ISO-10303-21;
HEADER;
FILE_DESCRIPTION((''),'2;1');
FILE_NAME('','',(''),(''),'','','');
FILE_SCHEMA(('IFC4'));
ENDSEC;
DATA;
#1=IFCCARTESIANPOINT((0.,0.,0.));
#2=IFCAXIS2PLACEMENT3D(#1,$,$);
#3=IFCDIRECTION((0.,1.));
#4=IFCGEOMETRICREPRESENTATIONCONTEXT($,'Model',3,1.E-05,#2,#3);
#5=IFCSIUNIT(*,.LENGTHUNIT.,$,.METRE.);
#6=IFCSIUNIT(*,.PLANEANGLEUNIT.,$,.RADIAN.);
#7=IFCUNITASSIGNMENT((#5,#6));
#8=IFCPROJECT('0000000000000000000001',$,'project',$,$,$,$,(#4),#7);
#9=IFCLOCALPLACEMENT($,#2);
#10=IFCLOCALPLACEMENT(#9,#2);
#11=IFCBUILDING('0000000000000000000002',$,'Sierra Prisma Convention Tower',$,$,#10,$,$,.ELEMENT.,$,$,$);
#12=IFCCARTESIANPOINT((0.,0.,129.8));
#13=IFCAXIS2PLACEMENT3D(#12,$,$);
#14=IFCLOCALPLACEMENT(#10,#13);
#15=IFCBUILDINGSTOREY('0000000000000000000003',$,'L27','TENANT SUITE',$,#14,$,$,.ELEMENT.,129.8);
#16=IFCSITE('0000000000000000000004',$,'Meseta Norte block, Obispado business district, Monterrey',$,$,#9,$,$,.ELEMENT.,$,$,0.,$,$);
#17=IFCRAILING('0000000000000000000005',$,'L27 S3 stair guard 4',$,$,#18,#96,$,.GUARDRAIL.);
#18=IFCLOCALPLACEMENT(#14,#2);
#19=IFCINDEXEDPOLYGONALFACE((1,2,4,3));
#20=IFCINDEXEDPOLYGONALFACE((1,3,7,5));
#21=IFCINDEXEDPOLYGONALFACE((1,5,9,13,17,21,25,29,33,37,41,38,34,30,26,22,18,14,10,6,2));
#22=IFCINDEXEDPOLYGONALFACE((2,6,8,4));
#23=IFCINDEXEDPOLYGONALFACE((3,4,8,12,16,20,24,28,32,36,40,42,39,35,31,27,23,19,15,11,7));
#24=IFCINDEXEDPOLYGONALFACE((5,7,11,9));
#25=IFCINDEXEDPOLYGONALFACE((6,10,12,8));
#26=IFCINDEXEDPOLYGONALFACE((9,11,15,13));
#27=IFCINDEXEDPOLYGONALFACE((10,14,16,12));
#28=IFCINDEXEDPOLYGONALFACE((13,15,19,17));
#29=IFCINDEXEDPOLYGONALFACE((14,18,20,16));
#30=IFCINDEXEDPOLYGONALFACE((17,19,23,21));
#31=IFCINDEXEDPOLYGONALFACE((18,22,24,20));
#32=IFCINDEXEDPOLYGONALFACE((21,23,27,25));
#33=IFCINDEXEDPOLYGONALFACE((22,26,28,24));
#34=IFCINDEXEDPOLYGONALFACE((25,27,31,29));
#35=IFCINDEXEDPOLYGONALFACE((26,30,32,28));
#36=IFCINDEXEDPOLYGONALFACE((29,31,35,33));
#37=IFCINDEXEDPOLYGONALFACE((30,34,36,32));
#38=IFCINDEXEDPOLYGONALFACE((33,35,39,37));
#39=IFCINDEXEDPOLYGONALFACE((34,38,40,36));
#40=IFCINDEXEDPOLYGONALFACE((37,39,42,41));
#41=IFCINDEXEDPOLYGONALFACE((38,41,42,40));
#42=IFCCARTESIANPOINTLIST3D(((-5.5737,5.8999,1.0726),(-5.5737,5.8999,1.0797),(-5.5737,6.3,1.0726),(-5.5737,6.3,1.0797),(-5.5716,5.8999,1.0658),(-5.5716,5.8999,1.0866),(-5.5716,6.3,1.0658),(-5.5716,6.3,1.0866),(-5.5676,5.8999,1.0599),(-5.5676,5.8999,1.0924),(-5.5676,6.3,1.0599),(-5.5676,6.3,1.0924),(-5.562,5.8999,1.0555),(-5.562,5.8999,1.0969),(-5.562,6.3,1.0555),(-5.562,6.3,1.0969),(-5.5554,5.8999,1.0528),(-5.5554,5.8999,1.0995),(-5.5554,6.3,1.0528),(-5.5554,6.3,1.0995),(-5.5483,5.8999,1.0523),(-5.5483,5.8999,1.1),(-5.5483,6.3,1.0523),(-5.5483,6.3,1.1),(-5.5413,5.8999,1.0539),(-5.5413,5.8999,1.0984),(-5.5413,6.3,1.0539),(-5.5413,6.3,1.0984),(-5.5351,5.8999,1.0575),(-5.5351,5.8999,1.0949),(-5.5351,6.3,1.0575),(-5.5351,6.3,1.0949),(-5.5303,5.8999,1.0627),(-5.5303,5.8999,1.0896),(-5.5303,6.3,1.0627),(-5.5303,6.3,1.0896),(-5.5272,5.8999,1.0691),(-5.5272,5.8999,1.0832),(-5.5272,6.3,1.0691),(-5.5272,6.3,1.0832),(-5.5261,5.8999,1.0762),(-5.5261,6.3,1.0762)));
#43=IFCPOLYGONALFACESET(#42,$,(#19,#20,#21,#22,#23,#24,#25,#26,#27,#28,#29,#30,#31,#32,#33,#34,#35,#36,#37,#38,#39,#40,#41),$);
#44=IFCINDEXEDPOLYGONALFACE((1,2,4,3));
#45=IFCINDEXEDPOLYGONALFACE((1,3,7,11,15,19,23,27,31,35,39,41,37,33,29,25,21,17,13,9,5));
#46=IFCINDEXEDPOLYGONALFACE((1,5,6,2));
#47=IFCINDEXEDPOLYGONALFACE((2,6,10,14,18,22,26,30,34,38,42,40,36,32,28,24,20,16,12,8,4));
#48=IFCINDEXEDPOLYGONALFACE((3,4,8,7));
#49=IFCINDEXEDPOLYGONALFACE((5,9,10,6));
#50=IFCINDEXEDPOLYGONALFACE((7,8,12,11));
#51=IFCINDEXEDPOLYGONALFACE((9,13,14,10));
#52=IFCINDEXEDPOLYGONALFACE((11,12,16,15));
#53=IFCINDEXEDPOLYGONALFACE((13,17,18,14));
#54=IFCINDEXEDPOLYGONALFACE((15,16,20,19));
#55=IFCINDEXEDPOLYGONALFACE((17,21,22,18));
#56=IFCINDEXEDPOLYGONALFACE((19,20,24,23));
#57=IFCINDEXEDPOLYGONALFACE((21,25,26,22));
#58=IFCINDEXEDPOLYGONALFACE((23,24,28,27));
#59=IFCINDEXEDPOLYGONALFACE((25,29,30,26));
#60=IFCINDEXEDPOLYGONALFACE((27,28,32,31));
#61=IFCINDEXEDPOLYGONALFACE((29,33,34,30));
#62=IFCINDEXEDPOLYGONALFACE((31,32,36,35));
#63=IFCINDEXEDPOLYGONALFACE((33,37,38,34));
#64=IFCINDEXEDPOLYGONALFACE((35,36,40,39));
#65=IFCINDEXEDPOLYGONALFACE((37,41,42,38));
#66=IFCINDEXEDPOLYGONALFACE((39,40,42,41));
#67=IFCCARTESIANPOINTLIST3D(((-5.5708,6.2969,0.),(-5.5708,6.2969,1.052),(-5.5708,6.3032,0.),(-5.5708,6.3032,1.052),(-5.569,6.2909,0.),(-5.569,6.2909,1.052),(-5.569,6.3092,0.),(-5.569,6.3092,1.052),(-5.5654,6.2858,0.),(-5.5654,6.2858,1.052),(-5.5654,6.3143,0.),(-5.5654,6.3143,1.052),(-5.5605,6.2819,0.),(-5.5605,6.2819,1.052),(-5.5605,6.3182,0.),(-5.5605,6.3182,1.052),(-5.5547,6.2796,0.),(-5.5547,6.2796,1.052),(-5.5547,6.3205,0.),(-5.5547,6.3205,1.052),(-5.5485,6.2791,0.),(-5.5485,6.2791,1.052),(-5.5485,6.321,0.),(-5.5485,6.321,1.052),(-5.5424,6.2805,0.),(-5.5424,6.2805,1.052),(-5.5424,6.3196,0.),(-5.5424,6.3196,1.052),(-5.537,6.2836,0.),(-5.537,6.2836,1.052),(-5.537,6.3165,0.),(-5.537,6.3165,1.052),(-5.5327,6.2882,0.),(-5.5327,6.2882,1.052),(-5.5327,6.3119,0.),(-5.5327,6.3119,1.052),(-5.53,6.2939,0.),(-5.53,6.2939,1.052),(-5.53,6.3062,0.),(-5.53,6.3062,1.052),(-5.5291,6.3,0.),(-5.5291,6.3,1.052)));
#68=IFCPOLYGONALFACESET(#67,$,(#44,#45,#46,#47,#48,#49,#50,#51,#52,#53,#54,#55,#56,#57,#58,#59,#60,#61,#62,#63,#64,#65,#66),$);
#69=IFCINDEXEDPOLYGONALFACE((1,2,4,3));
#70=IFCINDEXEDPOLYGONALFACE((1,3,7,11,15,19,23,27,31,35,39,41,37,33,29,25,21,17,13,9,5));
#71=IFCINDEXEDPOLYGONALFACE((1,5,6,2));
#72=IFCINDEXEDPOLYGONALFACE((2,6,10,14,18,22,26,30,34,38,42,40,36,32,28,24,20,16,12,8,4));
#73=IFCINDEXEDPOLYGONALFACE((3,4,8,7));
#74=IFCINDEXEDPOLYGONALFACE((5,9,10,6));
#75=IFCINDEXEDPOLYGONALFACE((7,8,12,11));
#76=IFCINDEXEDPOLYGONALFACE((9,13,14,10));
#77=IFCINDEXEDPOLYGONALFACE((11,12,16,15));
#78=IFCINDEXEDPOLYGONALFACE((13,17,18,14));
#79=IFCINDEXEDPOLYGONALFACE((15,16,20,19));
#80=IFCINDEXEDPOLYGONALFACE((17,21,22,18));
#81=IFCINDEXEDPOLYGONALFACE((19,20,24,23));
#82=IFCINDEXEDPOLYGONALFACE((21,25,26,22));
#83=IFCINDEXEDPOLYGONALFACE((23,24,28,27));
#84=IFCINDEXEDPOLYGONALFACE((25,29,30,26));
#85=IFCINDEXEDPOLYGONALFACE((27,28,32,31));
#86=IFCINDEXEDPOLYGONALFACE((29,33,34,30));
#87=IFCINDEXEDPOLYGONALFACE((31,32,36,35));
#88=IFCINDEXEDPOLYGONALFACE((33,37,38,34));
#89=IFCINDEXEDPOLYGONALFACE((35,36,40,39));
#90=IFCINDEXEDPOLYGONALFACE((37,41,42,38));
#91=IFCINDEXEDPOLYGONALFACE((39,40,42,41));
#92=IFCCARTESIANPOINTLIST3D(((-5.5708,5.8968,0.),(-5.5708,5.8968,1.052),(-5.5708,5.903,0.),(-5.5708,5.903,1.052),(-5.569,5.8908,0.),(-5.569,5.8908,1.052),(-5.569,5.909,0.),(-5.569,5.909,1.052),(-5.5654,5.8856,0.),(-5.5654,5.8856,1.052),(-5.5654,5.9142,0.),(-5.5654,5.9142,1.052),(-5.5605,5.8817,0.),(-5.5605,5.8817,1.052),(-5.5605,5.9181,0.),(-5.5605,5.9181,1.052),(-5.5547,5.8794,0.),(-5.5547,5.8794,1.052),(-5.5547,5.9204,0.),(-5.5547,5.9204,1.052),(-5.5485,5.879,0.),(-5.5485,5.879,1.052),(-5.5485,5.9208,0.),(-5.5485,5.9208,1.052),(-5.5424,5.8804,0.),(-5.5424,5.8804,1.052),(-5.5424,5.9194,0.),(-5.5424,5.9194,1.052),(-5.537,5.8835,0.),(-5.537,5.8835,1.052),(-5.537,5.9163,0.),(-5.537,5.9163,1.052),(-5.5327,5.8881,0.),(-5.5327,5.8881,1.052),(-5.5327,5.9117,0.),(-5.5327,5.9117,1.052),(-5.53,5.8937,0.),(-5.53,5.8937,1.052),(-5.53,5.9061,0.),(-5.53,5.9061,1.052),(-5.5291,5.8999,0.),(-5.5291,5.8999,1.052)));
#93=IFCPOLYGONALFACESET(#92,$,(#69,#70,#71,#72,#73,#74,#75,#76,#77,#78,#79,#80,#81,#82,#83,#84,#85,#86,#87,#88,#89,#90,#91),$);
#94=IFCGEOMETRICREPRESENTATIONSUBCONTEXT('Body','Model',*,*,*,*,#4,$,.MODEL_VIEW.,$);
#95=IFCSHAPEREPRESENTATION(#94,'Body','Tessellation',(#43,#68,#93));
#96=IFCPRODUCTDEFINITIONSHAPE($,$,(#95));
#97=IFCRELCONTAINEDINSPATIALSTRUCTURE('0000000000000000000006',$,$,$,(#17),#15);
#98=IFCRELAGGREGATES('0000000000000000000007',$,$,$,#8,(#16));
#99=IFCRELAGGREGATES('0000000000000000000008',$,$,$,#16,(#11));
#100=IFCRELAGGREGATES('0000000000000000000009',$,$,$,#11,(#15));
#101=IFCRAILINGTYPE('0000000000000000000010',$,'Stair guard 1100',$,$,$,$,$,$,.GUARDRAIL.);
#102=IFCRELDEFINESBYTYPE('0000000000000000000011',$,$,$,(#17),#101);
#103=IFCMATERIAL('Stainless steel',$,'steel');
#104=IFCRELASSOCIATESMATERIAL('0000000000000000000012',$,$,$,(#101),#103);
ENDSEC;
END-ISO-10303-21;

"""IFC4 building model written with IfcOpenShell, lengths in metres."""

from ifc_helpers import new_model, si_unit, direction, frame, origin, origin_2d, place, context, subcontext, project, spatial, circle, extrude, material, type_object, element, save


model = new_model("IFC4")

# Units and contexts
model_context = context("Model", 3, precision=1e-05, world=origin(), true_north=direction((0.0, 1.0)))
body_context = subcontext(model_context, "Body", "Model", "MODEL_VIEW")
ifc_project = project(units=[si_unit("LENGTHUNIT", "METRE"), si_unit("PLANEANGLEUNIT", "RADIAN")], contexts=[model_context])

# Site, building, storey
site_placement = place(None, origin())
site = spatial("IfcSite", under=ifc_project, at=site_placement, Name="Meseta Norte block, Obispado business district, Monterrey", CompositionType="ELEMENT", RefElevation=0.0)
building_placement = place(site_placement, origin())
building = spatial("IfcBuilding", under=site, at=building_placement, Name="Sierra Prisma Convention Tower", CompositionType="ELEMENT")
storey_placement = place(building_placement, frame((0.0, 0.0, 129.8)))
storey = spatial("IfcBuildingStorey", under=building, at=storey_placement, Name="L27", Description="TENANT SUITE", CompositionType="ELEMENT", Elevation=129.8)

# Railing
ifc_material_1 = material(Name="Stainless steel", Category="steel")
railing_type_1 = type_object("IfcRailingType", Name="Stair guard 1100", PredefinedType="GUARDRAIL", material=ifc_material_1)
railing_1_placement = place(storey_placement, frame((-5.55, 6.3, 0.0)))
element("IfcRailing", 1, at=railing_1_placement, inside=storey, type_object=railing_type_1, Name="L27 S3 stair guard 4", PredefinedType="GUARDRAIL", context=body_context, shape_type="SweptSolid", body=[
    extrude(circle(Radius=0.0239, at=origin_2d()), frame((0.0, 0.0, 1.0762), z_axis=(0.0, -1.0, 0.0), x_axis=(1.0, 0.0, 0.0)), (0.0, 0.0, 1.0), 0.4001),
    extrude(circle(Radius=0.021, at=origin_2d()), origin(), (0.0, 0.0, 1.0), 1.052),
    extrude(circle(Radius=0.021, at=origin_2d()), frame((0.0, -0.4001, 0.0)), (0.0, 0.0, 1.0), 1.052),
])

save(model, "model.ifc")
